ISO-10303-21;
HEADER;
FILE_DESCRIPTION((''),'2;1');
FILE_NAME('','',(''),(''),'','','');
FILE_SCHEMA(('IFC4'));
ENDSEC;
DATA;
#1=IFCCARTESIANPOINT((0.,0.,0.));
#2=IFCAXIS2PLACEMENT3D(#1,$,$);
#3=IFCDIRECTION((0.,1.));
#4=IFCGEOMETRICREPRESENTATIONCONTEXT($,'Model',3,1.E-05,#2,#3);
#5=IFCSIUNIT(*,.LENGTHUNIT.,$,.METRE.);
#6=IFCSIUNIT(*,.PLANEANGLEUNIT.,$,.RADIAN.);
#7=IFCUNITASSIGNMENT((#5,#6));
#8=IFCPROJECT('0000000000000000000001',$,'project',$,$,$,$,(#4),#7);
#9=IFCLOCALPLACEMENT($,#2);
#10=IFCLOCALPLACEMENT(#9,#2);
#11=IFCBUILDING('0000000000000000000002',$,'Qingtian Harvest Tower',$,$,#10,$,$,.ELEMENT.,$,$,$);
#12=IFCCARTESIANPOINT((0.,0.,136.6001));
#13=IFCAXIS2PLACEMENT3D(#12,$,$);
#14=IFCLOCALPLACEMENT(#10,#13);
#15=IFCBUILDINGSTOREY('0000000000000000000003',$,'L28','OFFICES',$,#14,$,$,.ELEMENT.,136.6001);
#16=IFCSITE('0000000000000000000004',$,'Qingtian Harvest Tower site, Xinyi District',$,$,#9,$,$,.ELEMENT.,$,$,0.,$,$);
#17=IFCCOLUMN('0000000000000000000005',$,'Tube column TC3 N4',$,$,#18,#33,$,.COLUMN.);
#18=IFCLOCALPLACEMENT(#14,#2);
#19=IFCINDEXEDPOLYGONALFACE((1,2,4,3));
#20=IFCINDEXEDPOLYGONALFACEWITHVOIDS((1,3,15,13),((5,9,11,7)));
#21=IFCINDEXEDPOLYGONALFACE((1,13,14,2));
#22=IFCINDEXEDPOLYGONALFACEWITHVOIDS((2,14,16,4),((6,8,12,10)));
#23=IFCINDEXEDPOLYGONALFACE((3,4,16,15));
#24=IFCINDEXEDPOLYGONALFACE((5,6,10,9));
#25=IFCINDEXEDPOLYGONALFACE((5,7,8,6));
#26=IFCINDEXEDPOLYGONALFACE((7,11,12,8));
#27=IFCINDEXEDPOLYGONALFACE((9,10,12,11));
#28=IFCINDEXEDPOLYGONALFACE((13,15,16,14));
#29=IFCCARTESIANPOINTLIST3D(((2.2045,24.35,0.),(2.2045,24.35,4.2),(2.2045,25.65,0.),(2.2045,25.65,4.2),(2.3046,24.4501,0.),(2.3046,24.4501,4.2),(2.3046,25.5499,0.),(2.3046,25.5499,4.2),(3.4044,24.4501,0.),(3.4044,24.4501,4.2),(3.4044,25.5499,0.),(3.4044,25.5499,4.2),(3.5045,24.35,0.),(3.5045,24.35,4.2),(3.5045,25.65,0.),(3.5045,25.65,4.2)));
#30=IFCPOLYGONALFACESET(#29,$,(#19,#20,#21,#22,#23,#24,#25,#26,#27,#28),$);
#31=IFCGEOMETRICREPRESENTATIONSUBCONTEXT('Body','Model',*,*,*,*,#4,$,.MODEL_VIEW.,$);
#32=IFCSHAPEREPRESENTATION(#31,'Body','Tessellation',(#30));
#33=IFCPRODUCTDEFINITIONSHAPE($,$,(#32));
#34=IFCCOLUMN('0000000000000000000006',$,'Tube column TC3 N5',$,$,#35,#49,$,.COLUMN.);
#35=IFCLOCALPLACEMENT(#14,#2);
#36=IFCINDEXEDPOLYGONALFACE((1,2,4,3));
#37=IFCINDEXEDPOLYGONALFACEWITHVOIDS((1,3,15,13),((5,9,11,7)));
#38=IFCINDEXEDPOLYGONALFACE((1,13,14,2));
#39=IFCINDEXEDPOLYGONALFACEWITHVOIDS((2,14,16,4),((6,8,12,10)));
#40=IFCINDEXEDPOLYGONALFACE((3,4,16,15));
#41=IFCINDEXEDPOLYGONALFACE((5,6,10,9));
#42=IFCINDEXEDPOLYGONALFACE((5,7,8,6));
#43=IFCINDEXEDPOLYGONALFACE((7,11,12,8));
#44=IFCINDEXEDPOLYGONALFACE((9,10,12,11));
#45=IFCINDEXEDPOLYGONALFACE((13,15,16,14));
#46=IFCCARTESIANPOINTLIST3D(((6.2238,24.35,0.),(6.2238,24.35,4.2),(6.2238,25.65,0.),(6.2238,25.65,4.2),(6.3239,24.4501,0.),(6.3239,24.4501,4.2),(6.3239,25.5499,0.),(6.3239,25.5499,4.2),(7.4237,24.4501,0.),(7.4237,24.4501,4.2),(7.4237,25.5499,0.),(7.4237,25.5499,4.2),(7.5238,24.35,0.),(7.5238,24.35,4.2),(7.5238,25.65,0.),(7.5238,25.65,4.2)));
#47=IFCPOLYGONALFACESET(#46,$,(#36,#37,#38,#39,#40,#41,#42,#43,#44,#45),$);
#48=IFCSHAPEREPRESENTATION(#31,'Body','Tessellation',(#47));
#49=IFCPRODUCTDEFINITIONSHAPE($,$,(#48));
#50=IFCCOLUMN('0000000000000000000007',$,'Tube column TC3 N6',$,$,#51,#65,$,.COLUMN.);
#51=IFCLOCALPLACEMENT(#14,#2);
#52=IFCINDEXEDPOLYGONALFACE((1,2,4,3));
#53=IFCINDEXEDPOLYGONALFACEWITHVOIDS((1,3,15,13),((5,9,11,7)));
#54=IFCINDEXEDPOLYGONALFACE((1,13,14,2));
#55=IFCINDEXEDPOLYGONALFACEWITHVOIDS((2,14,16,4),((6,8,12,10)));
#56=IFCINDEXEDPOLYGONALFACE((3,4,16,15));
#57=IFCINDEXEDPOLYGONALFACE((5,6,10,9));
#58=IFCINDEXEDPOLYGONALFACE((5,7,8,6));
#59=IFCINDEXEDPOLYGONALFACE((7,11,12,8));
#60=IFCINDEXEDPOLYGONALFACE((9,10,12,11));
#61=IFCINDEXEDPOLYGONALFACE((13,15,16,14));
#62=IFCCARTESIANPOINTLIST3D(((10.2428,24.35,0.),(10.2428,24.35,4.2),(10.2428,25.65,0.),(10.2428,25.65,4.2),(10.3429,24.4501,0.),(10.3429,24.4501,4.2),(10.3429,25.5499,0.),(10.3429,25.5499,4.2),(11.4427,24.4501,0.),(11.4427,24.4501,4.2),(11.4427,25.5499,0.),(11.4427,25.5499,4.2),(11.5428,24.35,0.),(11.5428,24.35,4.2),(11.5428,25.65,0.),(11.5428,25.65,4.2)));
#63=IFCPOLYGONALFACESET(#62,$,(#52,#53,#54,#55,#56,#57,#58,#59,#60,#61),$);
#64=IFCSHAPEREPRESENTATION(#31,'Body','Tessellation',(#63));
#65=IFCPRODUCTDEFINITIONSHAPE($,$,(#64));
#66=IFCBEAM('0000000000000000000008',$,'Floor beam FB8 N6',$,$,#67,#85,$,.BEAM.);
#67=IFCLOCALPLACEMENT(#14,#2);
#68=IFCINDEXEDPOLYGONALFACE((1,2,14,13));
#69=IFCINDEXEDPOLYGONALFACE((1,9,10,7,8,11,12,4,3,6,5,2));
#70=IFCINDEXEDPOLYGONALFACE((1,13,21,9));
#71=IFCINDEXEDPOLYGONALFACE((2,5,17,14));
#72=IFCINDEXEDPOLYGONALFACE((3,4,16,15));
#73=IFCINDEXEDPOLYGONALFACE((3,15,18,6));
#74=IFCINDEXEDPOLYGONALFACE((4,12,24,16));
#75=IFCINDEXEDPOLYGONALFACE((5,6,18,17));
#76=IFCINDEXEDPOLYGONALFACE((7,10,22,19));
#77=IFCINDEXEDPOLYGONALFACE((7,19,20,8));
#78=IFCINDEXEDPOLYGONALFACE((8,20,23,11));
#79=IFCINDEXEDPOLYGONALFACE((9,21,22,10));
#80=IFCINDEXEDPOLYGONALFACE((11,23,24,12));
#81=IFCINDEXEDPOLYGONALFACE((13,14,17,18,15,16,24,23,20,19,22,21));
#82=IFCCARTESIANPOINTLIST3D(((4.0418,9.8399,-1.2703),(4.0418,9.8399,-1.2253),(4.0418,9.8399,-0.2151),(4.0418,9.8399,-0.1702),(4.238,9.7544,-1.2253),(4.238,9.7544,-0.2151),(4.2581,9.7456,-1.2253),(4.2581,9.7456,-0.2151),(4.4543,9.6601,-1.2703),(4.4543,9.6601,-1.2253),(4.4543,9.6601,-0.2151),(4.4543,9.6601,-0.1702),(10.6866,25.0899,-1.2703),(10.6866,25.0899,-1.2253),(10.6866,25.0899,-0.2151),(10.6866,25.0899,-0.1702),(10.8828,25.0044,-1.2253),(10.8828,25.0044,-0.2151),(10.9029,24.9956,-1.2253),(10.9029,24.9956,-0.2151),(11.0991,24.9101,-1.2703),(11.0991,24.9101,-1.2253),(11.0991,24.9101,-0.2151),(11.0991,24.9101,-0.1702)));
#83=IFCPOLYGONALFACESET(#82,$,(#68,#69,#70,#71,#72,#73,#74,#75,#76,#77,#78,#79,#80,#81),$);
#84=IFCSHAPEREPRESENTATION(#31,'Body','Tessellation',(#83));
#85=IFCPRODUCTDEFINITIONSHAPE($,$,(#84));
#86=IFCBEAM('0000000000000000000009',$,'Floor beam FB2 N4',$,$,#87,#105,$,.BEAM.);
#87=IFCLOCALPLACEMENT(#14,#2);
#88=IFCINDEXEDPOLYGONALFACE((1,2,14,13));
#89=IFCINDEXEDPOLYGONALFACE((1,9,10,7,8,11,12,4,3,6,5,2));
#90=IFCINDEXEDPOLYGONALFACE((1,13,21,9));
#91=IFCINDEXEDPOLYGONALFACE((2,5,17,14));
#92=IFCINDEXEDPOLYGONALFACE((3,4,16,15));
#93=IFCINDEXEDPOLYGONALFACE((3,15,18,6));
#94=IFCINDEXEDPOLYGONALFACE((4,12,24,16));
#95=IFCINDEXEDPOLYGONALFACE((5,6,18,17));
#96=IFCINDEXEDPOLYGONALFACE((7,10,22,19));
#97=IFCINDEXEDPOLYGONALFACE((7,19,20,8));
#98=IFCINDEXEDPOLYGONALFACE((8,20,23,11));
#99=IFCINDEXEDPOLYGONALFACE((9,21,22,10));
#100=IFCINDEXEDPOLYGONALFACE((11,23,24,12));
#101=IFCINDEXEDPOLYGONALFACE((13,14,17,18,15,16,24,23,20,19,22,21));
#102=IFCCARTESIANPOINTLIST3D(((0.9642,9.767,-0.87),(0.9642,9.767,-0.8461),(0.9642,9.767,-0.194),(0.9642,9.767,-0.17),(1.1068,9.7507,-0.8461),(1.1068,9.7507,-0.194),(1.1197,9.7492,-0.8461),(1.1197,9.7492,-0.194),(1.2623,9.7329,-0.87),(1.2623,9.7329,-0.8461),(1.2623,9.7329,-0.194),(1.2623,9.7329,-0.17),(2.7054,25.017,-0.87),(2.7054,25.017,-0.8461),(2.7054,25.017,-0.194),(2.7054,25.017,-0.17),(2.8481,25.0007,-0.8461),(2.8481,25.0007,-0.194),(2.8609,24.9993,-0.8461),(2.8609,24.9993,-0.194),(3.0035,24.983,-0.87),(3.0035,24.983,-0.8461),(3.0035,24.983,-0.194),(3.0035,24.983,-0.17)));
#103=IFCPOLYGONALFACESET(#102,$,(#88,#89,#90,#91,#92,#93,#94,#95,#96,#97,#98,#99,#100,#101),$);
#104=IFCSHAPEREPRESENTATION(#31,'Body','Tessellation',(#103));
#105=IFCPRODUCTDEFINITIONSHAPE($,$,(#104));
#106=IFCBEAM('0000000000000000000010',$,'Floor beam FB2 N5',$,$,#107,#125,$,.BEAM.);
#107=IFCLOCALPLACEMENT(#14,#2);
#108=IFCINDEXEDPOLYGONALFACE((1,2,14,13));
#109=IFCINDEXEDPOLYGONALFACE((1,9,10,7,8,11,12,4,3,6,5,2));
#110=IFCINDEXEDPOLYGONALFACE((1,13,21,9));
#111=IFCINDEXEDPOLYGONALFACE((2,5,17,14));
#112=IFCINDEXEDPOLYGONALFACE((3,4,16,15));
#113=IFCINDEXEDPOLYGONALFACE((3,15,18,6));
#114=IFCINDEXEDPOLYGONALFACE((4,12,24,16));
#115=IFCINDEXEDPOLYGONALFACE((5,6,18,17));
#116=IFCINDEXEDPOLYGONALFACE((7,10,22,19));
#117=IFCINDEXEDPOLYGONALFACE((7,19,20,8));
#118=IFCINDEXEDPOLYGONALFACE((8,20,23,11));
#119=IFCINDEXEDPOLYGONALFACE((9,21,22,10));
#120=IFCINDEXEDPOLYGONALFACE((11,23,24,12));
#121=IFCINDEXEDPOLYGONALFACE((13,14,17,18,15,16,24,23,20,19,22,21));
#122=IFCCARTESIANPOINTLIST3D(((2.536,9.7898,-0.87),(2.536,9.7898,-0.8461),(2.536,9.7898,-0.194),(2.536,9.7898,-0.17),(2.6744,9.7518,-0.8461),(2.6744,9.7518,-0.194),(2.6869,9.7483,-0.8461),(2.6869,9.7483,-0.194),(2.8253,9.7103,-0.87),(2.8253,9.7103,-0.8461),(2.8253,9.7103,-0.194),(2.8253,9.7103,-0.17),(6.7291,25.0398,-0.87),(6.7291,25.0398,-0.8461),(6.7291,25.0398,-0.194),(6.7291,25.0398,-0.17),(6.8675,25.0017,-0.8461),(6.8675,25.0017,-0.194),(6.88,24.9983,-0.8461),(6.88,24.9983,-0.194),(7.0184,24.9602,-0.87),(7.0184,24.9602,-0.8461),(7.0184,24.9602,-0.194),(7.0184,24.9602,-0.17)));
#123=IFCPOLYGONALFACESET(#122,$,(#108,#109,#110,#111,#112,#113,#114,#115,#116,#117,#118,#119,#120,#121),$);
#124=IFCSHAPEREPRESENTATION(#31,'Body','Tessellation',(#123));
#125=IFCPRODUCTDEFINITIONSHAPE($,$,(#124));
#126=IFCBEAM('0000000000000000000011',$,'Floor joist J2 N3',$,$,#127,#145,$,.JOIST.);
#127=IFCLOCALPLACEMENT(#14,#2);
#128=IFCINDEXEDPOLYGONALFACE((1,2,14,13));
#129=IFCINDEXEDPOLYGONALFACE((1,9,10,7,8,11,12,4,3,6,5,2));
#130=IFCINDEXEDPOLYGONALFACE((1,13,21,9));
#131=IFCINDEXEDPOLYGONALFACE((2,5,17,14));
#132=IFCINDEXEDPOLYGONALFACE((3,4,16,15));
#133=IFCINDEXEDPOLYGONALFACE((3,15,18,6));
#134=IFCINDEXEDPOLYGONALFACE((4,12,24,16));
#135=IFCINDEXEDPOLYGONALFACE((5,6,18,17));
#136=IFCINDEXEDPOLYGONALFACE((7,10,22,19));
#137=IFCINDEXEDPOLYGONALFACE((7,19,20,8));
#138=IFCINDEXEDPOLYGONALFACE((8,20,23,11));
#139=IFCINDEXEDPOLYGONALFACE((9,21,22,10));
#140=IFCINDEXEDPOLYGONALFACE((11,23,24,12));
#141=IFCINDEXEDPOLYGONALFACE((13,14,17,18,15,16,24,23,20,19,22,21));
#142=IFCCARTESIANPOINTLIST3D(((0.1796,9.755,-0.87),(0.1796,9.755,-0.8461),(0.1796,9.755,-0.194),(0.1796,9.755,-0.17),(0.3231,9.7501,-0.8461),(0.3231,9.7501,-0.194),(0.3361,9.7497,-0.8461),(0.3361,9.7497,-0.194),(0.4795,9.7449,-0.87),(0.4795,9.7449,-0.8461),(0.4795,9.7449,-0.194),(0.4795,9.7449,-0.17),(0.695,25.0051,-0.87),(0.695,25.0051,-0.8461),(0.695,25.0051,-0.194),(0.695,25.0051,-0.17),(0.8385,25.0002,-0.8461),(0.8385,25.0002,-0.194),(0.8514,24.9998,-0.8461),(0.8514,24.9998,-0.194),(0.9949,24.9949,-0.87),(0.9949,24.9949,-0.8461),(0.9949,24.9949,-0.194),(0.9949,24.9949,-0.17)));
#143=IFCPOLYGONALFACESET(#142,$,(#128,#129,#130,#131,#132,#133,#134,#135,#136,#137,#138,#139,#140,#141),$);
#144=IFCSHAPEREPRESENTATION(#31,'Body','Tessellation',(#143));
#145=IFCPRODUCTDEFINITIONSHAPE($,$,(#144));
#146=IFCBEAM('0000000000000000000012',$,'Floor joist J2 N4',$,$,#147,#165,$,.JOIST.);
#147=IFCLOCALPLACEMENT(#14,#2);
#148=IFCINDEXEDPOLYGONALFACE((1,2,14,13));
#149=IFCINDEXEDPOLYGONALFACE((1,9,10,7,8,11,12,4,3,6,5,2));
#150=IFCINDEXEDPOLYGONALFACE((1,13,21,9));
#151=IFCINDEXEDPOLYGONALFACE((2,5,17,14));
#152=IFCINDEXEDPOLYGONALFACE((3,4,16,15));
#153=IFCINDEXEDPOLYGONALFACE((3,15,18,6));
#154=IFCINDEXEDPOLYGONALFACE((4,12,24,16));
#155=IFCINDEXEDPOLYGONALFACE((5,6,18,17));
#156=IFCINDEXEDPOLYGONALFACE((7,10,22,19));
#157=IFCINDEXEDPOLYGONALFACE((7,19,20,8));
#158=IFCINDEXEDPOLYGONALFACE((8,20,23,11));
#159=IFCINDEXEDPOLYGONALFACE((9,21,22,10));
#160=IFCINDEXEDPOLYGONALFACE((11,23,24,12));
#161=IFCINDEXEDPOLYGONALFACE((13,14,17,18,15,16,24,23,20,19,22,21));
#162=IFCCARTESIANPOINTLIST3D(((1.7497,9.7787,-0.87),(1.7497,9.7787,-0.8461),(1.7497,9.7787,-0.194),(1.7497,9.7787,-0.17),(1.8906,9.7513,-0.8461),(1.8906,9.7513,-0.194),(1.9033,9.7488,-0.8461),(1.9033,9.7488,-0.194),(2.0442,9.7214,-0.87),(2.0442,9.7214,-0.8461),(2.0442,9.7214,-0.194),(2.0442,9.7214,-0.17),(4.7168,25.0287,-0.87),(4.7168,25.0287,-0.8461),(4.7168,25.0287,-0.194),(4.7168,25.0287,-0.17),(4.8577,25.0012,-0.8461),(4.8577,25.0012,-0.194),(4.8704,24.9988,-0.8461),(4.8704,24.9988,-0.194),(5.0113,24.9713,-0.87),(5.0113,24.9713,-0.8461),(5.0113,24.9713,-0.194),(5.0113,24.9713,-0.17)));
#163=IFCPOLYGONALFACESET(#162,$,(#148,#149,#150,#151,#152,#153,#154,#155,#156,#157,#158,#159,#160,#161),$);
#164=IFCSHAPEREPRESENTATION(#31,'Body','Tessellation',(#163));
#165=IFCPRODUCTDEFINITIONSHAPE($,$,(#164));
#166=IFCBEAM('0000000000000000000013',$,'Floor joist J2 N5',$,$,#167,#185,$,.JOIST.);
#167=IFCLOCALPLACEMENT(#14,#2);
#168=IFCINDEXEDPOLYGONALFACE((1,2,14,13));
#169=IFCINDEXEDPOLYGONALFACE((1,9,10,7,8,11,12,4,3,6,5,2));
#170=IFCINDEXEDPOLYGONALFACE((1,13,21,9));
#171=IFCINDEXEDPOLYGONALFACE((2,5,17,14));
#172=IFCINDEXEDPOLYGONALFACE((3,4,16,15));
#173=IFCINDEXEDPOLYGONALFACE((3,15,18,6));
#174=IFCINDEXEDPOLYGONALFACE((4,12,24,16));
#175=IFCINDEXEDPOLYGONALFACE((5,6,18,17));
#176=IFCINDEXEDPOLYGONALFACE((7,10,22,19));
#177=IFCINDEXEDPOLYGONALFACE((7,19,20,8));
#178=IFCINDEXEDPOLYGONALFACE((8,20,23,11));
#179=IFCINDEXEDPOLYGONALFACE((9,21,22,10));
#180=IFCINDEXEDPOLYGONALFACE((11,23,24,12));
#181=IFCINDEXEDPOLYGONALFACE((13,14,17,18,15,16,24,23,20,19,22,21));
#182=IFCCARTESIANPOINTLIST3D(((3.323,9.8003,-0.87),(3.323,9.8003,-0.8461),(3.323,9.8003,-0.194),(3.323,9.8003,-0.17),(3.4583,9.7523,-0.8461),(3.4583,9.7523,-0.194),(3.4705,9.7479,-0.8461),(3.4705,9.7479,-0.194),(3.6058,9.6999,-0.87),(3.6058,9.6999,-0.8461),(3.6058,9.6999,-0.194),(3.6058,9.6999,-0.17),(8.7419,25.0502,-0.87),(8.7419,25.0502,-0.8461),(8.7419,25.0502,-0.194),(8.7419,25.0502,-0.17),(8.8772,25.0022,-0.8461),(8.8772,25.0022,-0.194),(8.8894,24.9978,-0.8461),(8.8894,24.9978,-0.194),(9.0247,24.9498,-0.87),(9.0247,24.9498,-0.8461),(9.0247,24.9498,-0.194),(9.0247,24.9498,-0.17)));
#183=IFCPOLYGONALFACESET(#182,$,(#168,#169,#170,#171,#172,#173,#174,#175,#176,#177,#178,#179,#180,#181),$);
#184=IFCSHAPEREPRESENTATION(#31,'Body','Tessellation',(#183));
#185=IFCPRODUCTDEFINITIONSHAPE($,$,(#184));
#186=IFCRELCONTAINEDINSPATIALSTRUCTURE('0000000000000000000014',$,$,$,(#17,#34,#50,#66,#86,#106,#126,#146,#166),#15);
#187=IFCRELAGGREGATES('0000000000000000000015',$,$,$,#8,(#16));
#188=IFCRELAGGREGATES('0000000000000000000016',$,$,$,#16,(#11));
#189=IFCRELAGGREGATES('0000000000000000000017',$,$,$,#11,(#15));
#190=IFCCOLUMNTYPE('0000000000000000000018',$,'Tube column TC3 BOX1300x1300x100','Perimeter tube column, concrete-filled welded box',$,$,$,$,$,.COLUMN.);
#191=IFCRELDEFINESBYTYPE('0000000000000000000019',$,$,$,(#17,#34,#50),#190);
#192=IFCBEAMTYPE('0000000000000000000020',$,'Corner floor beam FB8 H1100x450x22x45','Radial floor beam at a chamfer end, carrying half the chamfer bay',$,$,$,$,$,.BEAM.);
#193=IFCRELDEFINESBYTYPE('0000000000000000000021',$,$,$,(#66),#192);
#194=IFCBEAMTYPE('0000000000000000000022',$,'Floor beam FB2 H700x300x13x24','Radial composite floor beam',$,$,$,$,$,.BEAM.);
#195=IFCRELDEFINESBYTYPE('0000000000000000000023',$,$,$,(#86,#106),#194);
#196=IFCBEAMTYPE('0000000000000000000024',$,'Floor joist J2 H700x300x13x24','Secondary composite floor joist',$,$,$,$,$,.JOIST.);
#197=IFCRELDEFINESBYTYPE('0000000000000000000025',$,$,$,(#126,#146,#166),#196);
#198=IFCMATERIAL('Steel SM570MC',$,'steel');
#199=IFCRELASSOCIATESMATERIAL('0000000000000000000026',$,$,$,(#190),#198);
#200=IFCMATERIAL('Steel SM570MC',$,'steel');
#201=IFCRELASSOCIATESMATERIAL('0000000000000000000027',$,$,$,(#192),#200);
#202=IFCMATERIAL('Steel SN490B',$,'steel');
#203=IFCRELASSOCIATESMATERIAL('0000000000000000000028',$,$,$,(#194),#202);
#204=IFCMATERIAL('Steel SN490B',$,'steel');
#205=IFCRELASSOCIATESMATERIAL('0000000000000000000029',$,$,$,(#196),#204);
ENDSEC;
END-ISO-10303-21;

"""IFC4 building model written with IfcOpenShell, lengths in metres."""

from ifc_helpers import new_model, si_unit, direction, frame, origin, origin_2d, place, context, subcontext, project, spatial, hollow_rectangle, i_section, extrude, material, material_profile, profile_set, type_object, element, save


model = new_model("IFC4")

# Units and contexts
model_context = context("Model", 3, precision=1e-05, world=origin(), true_north=direction((0.0, 1.0)))
body_context = subcontext(model_context, "Body", "Model", "MODEL_VIEW")
ifc_project = project(units=[si_unit("LENGTHUNIT", "METRE"), si_unit("PLANEANGLEUNIT", "RADIAN")], contexts=[model_context])

# Site, building, storey
site_placement = place(None, origin())
site = spatial("IfcSite", under=ifc_project, at=site_placement, Name="Qingtian Harvest Tower site, Xinyi District", CompositionType="ELEMENT", RefElevation=0.0)
building_placement = place(site_placement, origin())
building = spatial("IfcBuilding", under=site, at=building_placement, Name="Qingtian Harvest Tower", CompositionType="ELEMENT")
storey_placement = place(building_placement, frame((0.0, 0.0, 136.6001)))
storey = spatial("IfcBuildingStorey", under=building, at=storey_placement, Name="L28", Description="OFFICES", CompositionType="ELEMENT", Elevation=136.6001)

# Columns
ifc_material_1 = material(Name="Steel SM570MC", Category="steel")
ifc_material_profile_1 = material_profile(ifc_material_1, hollow_rectangle(XDim=1.3, YDim=1.3, WallThickness=0.1001, at=origin_2d()), Name="BOX1300x1300x100")
ifc_profile_set_1 = profile_set([ifc_material_profile_1], Name="Steel SM570MC")
column_type = type_object("IfcColumnType", Name="Tube column TC3 BOX1300x1300x100", Description="Perimeter tube column, concrete-filled welded box", PredefinedType="COLUMN", material=ifc_profile_set_1)
for number, where, z_axis, x_axis, name in (
    (1, (2.8545, 25.0, 0.0), (0.0, 0.0, 1.0), (-1.0, 0.0, 0.0), "Tube column TC3 N4"),
    (2, (6.8738, 25.0, 0.0), (0.0, 0.0, 1.0), (-1.0, 0.0, 0.0), "Tube column TC3 N5"),
    (3, (10.8928, 25.0, 0.0), (0.0, 0.0, 1.0), (-1.0, 0.0, 0.0), "Tube column TC3 N6"),
):
    element("IfcColumn", number, at=place(storey_placement, frame(where, z_axis=z_axis, x_axis=x_axis)), inside=storey, type_object=column_type, Name=name, PredefinedType="COLUMN", context=body_context, shape_type="SweptSolid", body=[
        extrude(hollow_rectangle(XDim=1.3, YDim=1.3, WallThickness=0.1001, at=origin_2d()), origin(), (0.0, 0.0, 1.0), 4.2),
    ])

# Beams
ifc_material_2 = material(Name="Steel SM570MC", Category="steel")
ifc_material_profile_2 = material_profile(ifc_material_2, i_section(OverallWidth=0.45, OverallDepth=1.1001, WebThickness=0.022, FlangeThickness=0.0449, at=origin_2d()), Name="H1100x450x22x45")
ifc_profile_set_2 = profile_set([ifc_material_profile_2], Name="Steel SM570MC")
beam_type_1 = type_object("IfcBeamType", Name="Corner floor beam FB8 H1100x450x22x45", Description="Radial floor beam at a chamfer end, carrying half the chamfer bay", PredefinedType="BEAM", material=ifc_profile_set_2)
beam_1_placement = place(storey_placement, frame((10.8928, 25.0, -0.7202), z_axis=(-0.399451, -0.916755, 0.0), x_axis=(0.916755, -0.399451, 0.0)))
element("IfcBeam", 4, at=beam_1_placement, inside=storey, type_object=beam_type_1, Name="Floor beam FB8 N6", PredefinedType="BEAM", context=body_context, shape_type="SweptSolid", body=[
    extrude(i_section(OverallWidth=0.45, OverallDepth=1.1001, WebThickness=0.022, FlangeThickness=0.0449, at=origin_2d()), origin(), (0.0, 0.0, 1.0), 16.6348),
])
ifc_material_3 = material(Name="Steel SN490B", Category="steel")
ifc_material_profile_3 = material_profile(ifc_material_3, i_section(OverallWidth=0.3, OverallDepth=0.7, WebThickness=0.0129, FlangeThickness=0.0239, at=origin_2d()), Name="H700x300x13x24")
ifc_profile_set_3 = profile_set([ifc_material_profile_3], Name="Steel SN490B")
beam_type_2 = type_object("IfcBeamType", Name="Floor beam FB2 H700x300x13x24", Description="Radial composite floor beam", PredefinedType="BEAM", material=ifc_profile_set_3)
beam_2_placement = place(storey_placement, frame((2.8545, 25.0, -0.52), z_axis=(-0.113441, -0.993545, 0.0), x_axis=(0.993545, -0.113441, 0.0)))
element("IfcBeam", 5, at=beam_2_placement, inside=storey, type_object=beam_type_2, Name="Floor beam FB2 N4", PredefinedType="BEAM", context=body_context, shape_type="SweptSolid", body=[
    extrude(i_section(OverallWidth=0.3, OverallDepth=0.7, WebThickness=0.0129, FlangeThickness=0.0239, at=origin_2d()), origin(), (0.0, 0.0, 1.0), 15.3491),
])
beam_3_placement = place(storey_placement, frame((6.8738, 25.0, -0.52), z_axis=(-0.265119, -0.964216, 0.0), x_axis=(0.964216, -0.265119, 0.0)))
element("IfcBeam", 6, at=beam_3_placement, inside=storey, type_object=beam_type_2, Name="Floor beam FB2 N5", PredefinedType="BEAM", context=body_context, shape_type="SweptSolid", body=[
    extrude(i_section(OverallWidth=0.3, OverallDepth=0.7, WebThickness=0.0129, FlangeThickness=0.0239, at=origin_2d()), origin(), (0.0, 0.0, 1.0), 15.8159),
])
ifc_material_4 = material(Name="Steel SN490B", Category="steel")
ifc_material_profile_4 = material_profile(ifc_material_4, i_section(OverallWidth=0.3, OverallDepth=0.7, WebThickness=0.0129, FlangeThickness=0.0239, at=origin_2d()), Name="H700x300x13x24")
ifc_profile_set_4 = profile_set([ifc_material_profile_4], Name="Steel SN490B")
beam_type_3 = type_object("IfcBeamType", Name="Floor joist J2 H700x300x13x24", Description="Secondary composite floor joist", PredefinedType="JOIST", material=ifc_profile_set_4)
beam_4_placement = place(storey_placement, frame((0.845, 25.0, -0.52), z_axis=(-0.033776, -0.999429, 0.0), x_axis=(0.999429, -0.033776, 0.0)))
element("IfcBeam", 7, at=beam_4_placement, inside=storey, type_object=beam_type_3, Name="Floor joist J2 N3", PredefinedType="JOIST", context=body_context, shape_type="SweptSolid", body=[
    extrude(i_section(OverallWidth=0.3, OverallDepth=0.7, WebThickness=0.0129, FlangeThickness=0.0239, at=origin_2d()), origin(), (0.0, 0.0, 1.0), 15.2588),
])
beam_5_placement = place(storey_placement, frame((4.864, 25.0, -0.52), z_axis=(-0.190979, -0.981594, 0.0), x_axis=(0.981594, -0.190979, 0.0)))
element("IfcBeam", 8, at=beam_5_placement, inside=storey, type_object=beam_type_3, Name="Floor joist J2 N4", PredefinedType="JOIST", context=body_context, shape_type="SweptSolid", body=[
    extrude(i_section(OverallWidth=0.3, OverallDepth=0.7, WebThickness=0.0129, FlangeThickness=0.0239, at=origin_2d()), origin(), (0.0, 0.0, 1.0), 15.5359),
])
beam_6_placement = place(storey_placement, frame((8.8833, 25.0, -0.52), z_axis=(-0.33483, -0.942279, 0.0), x_axis=(0.942279, -0.33483, 0.0)))
element("IfcBeam", 9, at=beam_6_placement, inside=storey, type_object=beam_type_3, Name="Floor joist J2 N5", PredefinedType="JOIST", context=body_context, shape_type="SweptSolid", body=[
    extrude(i_section(OverallWidth=0.3, OverallDepth=0.7, WebThickness=0.0129, FlangeThickness=0.0239, at=origin_2d()), origin(), (0.0, 0.0, 1.0), 16.1841),
])

save(model, "model.ifc")
